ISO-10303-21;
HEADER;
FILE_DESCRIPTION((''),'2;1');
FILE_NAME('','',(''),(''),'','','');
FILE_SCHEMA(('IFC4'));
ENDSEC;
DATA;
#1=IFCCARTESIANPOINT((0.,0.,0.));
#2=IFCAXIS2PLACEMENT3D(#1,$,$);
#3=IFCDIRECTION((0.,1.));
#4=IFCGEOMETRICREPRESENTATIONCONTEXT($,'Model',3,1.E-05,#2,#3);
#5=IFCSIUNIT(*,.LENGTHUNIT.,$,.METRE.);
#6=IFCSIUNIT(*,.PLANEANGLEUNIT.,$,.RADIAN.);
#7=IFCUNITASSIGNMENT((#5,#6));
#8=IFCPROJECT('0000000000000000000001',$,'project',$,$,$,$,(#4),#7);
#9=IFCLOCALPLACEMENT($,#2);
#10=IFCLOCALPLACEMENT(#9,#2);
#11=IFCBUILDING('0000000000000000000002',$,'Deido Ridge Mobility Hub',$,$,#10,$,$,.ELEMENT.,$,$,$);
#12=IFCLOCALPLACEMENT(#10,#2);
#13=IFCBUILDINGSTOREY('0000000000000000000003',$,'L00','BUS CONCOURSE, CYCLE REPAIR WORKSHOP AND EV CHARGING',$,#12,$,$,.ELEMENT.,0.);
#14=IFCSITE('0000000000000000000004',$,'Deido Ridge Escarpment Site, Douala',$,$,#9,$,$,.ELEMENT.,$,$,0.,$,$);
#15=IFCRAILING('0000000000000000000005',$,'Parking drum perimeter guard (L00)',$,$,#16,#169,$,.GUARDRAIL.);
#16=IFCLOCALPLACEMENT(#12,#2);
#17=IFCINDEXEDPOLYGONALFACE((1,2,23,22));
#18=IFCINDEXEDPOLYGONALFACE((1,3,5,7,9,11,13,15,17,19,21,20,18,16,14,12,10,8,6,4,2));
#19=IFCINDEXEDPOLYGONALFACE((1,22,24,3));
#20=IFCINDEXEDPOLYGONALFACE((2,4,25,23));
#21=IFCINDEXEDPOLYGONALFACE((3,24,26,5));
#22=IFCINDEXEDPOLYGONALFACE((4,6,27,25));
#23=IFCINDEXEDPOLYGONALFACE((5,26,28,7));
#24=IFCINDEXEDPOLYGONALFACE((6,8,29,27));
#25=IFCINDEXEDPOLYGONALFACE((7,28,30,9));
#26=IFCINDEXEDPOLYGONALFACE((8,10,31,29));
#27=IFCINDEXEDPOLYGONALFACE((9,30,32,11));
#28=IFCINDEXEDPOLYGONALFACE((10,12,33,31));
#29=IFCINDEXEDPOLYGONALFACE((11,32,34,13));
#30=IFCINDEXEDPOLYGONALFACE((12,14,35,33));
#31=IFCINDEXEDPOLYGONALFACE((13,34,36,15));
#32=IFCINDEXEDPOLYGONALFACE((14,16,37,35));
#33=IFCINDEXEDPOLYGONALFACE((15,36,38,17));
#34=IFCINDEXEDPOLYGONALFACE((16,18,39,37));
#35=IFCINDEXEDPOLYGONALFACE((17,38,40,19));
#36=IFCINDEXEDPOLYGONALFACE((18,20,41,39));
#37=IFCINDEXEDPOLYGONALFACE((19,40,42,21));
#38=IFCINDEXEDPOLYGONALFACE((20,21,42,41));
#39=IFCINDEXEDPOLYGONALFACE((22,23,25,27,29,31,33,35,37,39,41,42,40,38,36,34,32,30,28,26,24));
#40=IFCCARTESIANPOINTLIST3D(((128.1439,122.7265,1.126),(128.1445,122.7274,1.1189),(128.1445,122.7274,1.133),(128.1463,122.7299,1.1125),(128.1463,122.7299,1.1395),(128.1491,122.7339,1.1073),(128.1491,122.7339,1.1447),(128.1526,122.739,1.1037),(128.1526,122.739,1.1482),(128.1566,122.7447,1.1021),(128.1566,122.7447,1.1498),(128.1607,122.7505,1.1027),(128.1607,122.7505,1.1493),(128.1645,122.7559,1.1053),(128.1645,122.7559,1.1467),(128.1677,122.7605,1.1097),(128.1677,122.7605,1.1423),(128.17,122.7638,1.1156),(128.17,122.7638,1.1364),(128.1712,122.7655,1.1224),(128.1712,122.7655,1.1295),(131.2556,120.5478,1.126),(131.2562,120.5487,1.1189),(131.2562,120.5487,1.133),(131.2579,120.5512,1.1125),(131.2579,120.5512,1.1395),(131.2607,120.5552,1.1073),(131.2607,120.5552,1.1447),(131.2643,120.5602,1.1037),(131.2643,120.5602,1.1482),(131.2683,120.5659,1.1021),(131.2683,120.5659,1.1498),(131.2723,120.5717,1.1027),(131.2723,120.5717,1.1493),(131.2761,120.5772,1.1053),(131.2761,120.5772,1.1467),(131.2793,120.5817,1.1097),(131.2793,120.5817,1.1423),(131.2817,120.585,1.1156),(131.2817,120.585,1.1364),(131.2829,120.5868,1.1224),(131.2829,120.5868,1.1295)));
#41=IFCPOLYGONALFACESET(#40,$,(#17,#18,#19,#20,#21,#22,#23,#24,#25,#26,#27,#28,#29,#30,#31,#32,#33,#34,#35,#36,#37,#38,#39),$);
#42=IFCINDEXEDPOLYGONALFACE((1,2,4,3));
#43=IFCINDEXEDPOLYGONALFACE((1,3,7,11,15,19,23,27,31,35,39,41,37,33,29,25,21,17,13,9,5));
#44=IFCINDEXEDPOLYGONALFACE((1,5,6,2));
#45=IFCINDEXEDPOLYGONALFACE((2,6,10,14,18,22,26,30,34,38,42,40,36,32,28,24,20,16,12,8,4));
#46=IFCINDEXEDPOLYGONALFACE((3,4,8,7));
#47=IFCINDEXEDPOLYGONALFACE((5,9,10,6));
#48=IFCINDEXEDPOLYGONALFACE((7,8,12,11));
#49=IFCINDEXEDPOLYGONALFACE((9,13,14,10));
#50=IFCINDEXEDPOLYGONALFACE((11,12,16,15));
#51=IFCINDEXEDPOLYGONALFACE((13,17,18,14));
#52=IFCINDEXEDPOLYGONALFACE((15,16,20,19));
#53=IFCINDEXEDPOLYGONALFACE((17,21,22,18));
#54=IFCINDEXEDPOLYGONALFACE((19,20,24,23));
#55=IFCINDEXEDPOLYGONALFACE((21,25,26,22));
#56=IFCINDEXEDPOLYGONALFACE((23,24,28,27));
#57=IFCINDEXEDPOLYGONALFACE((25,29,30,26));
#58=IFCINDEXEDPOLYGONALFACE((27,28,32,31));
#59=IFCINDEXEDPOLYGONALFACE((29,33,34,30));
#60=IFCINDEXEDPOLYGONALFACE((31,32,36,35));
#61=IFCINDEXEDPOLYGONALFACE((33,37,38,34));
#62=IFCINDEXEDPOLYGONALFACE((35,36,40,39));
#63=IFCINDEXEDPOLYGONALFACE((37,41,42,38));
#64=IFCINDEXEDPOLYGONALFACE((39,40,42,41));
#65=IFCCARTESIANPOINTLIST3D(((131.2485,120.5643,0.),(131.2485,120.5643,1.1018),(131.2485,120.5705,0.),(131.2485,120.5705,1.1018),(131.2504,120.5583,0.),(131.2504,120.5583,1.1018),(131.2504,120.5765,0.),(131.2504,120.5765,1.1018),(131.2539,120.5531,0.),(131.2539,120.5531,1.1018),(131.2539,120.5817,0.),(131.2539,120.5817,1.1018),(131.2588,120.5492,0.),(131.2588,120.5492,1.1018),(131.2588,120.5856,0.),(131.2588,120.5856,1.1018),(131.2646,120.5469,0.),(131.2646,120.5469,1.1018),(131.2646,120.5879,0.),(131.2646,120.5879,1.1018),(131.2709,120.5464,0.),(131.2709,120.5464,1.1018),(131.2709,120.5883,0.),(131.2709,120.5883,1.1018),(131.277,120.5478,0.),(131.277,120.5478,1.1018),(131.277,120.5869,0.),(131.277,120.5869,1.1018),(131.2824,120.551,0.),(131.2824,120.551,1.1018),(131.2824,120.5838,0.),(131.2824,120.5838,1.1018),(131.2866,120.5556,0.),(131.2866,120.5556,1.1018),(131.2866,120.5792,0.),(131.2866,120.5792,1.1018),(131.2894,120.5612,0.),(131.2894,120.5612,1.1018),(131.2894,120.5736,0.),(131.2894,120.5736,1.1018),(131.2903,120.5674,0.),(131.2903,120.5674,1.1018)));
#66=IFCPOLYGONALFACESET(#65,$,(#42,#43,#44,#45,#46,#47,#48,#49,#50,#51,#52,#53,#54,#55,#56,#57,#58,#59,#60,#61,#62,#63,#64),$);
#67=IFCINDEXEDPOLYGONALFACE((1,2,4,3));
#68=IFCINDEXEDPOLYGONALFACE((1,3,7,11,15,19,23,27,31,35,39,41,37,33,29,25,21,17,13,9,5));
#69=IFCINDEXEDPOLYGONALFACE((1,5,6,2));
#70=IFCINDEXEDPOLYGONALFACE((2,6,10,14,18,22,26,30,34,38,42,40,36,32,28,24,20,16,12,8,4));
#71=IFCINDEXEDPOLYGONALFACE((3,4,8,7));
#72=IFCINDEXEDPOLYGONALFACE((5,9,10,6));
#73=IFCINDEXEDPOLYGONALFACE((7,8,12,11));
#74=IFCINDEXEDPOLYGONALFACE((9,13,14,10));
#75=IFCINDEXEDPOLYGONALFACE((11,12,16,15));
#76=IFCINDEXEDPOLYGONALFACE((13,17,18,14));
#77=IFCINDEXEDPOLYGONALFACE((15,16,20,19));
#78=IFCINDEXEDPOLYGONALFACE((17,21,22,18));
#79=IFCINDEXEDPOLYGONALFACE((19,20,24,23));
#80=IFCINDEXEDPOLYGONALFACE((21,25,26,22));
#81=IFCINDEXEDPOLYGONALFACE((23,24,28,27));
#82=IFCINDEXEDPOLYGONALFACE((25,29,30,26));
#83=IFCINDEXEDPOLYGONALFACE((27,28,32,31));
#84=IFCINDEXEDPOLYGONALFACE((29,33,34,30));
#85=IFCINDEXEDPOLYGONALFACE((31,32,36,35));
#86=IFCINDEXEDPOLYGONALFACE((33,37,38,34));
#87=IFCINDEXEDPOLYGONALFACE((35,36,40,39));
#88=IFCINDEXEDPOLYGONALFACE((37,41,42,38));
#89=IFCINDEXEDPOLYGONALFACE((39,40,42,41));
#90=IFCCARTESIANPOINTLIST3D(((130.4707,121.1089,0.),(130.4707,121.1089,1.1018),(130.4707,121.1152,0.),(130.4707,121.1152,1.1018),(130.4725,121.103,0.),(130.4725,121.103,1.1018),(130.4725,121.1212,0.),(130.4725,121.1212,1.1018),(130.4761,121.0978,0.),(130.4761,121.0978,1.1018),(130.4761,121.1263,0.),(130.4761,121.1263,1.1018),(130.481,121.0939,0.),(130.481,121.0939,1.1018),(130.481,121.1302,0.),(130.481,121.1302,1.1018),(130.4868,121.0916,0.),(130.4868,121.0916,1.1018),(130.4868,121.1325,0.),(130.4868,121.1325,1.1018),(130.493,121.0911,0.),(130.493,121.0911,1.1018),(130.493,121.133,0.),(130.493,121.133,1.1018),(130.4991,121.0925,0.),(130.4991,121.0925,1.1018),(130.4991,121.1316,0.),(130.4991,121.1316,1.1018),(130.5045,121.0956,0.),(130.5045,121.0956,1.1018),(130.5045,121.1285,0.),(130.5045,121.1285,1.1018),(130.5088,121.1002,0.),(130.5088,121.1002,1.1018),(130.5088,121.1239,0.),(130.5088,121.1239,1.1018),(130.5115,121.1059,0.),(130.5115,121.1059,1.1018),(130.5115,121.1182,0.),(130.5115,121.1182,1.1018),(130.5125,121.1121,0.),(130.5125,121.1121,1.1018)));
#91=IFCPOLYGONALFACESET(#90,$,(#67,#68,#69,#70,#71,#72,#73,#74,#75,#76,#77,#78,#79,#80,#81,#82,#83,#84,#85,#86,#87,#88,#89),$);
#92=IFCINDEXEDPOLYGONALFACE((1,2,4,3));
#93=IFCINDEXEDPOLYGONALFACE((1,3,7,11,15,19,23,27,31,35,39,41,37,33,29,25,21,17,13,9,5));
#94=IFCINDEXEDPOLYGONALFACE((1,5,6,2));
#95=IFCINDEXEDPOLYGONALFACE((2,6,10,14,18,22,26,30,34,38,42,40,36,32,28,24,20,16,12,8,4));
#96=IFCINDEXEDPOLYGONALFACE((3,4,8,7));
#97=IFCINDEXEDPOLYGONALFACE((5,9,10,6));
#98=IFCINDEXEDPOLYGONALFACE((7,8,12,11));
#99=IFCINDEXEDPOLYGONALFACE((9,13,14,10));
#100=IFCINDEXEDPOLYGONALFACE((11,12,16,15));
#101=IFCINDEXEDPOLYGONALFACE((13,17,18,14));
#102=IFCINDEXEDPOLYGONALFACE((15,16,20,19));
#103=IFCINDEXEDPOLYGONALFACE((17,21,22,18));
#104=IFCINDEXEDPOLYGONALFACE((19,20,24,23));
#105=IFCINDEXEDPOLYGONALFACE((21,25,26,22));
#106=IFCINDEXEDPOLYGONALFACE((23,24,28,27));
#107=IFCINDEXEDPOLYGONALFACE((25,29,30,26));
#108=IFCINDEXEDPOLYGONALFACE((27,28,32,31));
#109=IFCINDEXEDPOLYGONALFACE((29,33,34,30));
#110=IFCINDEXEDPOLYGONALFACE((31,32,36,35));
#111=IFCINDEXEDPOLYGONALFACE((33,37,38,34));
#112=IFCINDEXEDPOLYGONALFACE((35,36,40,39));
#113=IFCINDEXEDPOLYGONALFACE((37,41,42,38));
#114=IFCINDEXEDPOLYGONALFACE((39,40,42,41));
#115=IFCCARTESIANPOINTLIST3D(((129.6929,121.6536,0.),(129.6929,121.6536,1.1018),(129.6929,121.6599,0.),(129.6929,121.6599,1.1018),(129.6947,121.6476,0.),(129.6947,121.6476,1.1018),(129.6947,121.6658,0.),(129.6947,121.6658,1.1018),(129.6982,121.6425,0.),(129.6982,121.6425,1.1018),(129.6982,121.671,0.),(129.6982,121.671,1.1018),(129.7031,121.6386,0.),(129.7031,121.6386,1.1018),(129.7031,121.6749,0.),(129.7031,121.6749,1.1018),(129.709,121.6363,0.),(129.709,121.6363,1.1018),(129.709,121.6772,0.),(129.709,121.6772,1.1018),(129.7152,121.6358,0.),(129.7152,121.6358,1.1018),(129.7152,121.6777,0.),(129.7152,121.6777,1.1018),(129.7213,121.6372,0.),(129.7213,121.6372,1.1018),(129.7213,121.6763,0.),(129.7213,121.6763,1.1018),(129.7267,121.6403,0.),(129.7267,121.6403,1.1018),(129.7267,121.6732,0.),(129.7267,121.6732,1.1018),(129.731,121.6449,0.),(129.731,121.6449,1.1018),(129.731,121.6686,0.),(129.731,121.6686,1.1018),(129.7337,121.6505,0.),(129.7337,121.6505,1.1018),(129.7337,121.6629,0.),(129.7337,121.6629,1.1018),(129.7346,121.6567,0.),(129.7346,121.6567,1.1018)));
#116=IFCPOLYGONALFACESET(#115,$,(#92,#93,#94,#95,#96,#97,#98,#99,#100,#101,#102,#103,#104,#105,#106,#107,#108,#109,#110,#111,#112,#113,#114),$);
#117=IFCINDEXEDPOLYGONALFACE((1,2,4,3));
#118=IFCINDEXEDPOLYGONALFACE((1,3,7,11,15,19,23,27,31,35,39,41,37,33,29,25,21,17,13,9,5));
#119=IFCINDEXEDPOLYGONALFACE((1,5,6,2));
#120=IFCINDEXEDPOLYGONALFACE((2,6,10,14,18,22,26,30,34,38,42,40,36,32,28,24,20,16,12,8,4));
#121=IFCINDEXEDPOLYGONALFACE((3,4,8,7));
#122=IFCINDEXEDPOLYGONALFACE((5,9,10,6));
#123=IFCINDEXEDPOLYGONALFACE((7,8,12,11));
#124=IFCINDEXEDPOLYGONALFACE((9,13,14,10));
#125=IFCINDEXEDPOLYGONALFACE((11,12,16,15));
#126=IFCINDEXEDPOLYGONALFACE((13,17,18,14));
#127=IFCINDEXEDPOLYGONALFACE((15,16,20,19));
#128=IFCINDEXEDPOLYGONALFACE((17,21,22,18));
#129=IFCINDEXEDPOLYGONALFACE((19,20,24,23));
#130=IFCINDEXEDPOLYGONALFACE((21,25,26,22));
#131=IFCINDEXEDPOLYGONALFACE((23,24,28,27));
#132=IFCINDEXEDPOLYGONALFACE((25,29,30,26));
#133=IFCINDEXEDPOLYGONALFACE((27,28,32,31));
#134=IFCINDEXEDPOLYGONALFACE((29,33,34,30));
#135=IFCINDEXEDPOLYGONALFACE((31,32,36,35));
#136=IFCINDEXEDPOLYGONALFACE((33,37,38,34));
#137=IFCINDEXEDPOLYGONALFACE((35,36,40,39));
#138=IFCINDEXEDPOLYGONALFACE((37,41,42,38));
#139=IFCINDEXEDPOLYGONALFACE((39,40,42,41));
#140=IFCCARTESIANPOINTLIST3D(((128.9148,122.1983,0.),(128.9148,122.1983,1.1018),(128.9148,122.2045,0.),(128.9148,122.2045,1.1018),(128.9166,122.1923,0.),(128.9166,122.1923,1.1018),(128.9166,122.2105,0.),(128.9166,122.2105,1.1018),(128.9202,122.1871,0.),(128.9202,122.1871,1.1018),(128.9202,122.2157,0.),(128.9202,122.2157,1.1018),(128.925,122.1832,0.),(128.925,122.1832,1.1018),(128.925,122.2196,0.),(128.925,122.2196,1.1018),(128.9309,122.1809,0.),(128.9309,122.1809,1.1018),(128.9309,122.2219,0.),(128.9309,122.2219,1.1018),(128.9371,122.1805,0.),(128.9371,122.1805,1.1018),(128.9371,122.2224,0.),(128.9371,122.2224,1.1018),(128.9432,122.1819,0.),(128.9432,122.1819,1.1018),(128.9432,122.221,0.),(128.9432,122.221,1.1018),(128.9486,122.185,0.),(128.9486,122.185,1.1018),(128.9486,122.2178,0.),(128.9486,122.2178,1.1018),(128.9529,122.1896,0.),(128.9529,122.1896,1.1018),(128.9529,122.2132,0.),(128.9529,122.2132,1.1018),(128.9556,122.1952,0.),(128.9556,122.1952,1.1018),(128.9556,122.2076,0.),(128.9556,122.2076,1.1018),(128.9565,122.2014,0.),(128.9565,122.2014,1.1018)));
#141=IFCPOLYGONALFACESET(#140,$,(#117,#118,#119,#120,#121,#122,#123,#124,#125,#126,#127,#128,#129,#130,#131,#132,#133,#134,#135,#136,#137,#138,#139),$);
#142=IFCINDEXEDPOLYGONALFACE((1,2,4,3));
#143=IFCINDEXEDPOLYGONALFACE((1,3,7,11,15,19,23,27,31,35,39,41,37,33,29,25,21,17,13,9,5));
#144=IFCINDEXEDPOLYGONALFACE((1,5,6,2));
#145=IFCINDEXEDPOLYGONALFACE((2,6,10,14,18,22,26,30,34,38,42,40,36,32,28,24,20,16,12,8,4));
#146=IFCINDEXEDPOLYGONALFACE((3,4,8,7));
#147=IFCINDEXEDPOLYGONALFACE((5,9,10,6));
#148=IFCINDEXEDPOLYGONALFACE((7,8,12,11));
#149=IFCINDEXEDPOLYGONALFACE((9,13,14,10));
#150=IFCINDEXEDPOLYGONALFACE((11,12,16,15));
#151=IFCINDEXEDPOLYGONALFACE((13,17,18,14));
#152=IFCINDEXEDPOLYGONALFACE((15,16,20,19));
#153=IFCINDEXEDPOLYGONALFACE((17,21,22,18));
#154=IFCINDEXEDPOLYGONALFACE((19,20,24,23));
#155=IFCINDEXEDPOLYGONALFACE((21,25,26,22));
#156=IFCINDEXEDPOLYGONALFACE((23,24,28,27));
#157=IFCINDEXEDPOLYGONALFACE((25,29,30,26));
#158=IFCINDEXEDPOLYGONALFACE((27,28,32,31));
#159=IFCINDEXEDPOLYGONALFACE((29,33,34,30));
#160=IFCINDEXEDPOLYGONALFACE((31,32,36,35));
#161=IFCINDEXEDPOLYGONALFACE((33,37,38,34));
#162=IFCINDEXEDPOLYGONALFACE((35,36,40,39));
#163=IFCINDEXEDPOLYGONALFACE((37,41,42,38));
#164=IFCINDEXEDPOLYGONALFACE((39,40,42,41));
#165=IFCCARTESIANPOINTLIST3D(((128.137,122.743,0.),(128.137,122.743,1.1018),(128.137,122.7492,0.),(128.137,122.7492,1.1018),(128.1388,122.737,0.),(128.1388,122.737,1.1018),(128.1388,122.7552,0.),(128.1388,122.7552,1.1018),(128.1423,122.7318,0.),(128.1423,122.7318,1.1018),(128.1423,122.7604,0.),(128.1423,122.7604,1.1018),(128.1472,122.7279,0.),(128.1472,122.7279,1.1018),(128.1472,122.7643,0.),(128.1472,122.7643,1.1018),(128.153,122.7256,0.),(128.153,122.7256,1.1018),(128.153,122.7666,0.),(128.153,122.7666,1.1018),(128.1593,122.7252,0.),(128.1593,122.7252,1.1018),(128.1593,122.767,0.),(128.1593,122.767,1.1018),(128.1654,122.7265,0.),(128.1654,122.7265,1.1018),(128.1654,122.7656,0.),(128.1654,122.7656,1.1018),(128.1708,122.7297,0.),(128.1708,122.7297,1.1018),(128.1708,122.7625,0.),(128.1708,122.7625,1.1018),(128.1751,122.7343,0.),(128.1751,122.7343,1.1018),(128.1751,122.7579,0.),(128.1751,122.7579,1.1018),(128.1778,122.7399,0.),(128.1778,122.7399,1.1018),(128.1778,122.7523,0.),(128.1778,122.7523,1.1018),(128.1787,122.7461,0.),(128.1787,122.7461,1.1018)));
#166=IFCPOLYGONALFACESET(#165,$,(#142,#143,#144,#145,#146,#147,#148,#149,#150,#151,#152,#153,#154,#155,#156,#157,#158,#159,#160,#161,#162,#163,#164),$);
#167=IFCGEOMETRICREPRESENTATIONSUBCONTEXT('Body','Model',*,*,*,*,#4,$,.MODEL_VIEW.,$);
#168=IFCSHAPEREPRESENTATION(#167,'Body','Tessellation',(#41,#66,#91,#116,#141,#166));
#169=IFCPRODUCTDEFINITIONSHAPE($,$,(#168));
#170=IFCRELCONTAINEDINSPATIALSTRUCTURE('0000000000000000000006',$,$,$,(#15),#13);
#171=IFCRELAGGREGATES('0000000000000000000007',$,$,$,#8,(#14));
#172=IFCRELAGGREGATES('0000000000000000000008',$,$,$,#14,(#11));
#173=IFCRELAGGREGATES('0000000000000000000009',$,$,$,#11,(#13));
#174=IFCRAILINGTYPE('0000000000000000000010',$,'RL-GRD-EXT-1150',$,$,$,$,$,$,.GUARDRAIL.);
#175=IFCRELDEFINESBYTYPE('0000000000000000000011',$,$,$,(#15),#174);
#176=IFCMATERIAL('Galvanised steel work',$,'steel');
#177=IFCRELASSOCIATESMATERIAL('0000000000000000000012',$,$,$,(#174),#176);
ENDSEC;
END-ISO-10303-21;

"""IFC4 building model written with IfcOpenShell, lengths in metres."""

from ifc_helpers import new_model, si_unit, direction, frame, origin, origin_2d, place, context, subcontext, project, spatial, circle, extrude, material, type_object, element, save


model = new_model("IFC4")

# Units and contexts
model_context = context("Model", 3, precision=1e-05, world=origin(), true_north=direction((0.0, 1.0)))
body_context = subcontext(model_context, "Body", "Model", "MODEL_VIEW")
ifc_project = project(units=[si_unit("LENGTHUNIT", "METRE"), si_unit("PLANEANGLEUNIT", "RADIAN")], contexts=[model_context])

# Site, building, storey
site_placement = place(None, origin())
site = spatial("IfcSite", under=ifc_project, at=site_placement, Name="Deido Ridge Escarpment Site, Douala", CompositionType="ELEMENT", RefElevation=0.0)
building_placement = place(site_placement, origin())
building = spatial("IfcBuilding", under=site, at=building_placement, Name="Deido Ridge Mobility Hub", CompositionType="ELEMENT")
storey_placement = place(building_placement, origin())
storey = spatial("IfcBuildingStorey", under=building, at=storey_placement, Name="L00", Description="BUS CONCOURSE, CYCLE REPAIR WORKSHOP AND EV CHARGING", CompositionType="ELEMENT", Elevation=0.0)

# Railing
ifc_material_1 = material(Name="Galvanised steel work", Category="steel")
railing_type = type_object("IfcRailingType", Name="RL-GRD-EXT-1150", PredefinedType="GUARDRAIL", material=ifc_material_1)
railing_1_placement = place(storey_placement, frame((131.2693, 120.5674, 0.0)))
element("IfcRailing", 1, at=railing_1_placement, inside=storey, type_object=railing_type, Name="Parking drum perimeter guard (L00)", PredefinedType="GUARDRAIL", context=body_context, shape_type="SweptSolid", body=[
    extrude(circle(Radius=0.0239, at=origin_2d()), frame((0.0, 0.0, 1.126), z_axis=(-0.819156, 0.57357, 0.0), x_axis=(-0.57357, -0.819156, 0.0)), (0.0, 0.0, 1.0), 3.7986),
    extrude(circle(Radius=0.021, at=origin_2d()), origin(), (0.0, 0.0, 1.0), 1.1018),
    extrude(circle(Radius=0.021, at=origin_2d()), frame((-0.7778, 0.5447, 0.0)), (0.0, 0.0, 1.0), 1.1018),
    extrude(circle(Radius=0.021, at=origin_2d()), frame((-1.5557, 1.0894, 0.0)), (0.0, 0.0, 1.0), 1.1018),
    extrude(circle(Radius=0.021, at=origin_2d()), frame((-2.3337, 1.634, 0.0)), (0.0, 0.0, 1.0), 1.1018),
    extrude(circle(Radius=0.021, at=origin_2d()), frame((-3.1116, 2.1787, 0.0)), (0.0, 0.0, 1.0), 1.1018),
])

save(model, "model.ifc")
